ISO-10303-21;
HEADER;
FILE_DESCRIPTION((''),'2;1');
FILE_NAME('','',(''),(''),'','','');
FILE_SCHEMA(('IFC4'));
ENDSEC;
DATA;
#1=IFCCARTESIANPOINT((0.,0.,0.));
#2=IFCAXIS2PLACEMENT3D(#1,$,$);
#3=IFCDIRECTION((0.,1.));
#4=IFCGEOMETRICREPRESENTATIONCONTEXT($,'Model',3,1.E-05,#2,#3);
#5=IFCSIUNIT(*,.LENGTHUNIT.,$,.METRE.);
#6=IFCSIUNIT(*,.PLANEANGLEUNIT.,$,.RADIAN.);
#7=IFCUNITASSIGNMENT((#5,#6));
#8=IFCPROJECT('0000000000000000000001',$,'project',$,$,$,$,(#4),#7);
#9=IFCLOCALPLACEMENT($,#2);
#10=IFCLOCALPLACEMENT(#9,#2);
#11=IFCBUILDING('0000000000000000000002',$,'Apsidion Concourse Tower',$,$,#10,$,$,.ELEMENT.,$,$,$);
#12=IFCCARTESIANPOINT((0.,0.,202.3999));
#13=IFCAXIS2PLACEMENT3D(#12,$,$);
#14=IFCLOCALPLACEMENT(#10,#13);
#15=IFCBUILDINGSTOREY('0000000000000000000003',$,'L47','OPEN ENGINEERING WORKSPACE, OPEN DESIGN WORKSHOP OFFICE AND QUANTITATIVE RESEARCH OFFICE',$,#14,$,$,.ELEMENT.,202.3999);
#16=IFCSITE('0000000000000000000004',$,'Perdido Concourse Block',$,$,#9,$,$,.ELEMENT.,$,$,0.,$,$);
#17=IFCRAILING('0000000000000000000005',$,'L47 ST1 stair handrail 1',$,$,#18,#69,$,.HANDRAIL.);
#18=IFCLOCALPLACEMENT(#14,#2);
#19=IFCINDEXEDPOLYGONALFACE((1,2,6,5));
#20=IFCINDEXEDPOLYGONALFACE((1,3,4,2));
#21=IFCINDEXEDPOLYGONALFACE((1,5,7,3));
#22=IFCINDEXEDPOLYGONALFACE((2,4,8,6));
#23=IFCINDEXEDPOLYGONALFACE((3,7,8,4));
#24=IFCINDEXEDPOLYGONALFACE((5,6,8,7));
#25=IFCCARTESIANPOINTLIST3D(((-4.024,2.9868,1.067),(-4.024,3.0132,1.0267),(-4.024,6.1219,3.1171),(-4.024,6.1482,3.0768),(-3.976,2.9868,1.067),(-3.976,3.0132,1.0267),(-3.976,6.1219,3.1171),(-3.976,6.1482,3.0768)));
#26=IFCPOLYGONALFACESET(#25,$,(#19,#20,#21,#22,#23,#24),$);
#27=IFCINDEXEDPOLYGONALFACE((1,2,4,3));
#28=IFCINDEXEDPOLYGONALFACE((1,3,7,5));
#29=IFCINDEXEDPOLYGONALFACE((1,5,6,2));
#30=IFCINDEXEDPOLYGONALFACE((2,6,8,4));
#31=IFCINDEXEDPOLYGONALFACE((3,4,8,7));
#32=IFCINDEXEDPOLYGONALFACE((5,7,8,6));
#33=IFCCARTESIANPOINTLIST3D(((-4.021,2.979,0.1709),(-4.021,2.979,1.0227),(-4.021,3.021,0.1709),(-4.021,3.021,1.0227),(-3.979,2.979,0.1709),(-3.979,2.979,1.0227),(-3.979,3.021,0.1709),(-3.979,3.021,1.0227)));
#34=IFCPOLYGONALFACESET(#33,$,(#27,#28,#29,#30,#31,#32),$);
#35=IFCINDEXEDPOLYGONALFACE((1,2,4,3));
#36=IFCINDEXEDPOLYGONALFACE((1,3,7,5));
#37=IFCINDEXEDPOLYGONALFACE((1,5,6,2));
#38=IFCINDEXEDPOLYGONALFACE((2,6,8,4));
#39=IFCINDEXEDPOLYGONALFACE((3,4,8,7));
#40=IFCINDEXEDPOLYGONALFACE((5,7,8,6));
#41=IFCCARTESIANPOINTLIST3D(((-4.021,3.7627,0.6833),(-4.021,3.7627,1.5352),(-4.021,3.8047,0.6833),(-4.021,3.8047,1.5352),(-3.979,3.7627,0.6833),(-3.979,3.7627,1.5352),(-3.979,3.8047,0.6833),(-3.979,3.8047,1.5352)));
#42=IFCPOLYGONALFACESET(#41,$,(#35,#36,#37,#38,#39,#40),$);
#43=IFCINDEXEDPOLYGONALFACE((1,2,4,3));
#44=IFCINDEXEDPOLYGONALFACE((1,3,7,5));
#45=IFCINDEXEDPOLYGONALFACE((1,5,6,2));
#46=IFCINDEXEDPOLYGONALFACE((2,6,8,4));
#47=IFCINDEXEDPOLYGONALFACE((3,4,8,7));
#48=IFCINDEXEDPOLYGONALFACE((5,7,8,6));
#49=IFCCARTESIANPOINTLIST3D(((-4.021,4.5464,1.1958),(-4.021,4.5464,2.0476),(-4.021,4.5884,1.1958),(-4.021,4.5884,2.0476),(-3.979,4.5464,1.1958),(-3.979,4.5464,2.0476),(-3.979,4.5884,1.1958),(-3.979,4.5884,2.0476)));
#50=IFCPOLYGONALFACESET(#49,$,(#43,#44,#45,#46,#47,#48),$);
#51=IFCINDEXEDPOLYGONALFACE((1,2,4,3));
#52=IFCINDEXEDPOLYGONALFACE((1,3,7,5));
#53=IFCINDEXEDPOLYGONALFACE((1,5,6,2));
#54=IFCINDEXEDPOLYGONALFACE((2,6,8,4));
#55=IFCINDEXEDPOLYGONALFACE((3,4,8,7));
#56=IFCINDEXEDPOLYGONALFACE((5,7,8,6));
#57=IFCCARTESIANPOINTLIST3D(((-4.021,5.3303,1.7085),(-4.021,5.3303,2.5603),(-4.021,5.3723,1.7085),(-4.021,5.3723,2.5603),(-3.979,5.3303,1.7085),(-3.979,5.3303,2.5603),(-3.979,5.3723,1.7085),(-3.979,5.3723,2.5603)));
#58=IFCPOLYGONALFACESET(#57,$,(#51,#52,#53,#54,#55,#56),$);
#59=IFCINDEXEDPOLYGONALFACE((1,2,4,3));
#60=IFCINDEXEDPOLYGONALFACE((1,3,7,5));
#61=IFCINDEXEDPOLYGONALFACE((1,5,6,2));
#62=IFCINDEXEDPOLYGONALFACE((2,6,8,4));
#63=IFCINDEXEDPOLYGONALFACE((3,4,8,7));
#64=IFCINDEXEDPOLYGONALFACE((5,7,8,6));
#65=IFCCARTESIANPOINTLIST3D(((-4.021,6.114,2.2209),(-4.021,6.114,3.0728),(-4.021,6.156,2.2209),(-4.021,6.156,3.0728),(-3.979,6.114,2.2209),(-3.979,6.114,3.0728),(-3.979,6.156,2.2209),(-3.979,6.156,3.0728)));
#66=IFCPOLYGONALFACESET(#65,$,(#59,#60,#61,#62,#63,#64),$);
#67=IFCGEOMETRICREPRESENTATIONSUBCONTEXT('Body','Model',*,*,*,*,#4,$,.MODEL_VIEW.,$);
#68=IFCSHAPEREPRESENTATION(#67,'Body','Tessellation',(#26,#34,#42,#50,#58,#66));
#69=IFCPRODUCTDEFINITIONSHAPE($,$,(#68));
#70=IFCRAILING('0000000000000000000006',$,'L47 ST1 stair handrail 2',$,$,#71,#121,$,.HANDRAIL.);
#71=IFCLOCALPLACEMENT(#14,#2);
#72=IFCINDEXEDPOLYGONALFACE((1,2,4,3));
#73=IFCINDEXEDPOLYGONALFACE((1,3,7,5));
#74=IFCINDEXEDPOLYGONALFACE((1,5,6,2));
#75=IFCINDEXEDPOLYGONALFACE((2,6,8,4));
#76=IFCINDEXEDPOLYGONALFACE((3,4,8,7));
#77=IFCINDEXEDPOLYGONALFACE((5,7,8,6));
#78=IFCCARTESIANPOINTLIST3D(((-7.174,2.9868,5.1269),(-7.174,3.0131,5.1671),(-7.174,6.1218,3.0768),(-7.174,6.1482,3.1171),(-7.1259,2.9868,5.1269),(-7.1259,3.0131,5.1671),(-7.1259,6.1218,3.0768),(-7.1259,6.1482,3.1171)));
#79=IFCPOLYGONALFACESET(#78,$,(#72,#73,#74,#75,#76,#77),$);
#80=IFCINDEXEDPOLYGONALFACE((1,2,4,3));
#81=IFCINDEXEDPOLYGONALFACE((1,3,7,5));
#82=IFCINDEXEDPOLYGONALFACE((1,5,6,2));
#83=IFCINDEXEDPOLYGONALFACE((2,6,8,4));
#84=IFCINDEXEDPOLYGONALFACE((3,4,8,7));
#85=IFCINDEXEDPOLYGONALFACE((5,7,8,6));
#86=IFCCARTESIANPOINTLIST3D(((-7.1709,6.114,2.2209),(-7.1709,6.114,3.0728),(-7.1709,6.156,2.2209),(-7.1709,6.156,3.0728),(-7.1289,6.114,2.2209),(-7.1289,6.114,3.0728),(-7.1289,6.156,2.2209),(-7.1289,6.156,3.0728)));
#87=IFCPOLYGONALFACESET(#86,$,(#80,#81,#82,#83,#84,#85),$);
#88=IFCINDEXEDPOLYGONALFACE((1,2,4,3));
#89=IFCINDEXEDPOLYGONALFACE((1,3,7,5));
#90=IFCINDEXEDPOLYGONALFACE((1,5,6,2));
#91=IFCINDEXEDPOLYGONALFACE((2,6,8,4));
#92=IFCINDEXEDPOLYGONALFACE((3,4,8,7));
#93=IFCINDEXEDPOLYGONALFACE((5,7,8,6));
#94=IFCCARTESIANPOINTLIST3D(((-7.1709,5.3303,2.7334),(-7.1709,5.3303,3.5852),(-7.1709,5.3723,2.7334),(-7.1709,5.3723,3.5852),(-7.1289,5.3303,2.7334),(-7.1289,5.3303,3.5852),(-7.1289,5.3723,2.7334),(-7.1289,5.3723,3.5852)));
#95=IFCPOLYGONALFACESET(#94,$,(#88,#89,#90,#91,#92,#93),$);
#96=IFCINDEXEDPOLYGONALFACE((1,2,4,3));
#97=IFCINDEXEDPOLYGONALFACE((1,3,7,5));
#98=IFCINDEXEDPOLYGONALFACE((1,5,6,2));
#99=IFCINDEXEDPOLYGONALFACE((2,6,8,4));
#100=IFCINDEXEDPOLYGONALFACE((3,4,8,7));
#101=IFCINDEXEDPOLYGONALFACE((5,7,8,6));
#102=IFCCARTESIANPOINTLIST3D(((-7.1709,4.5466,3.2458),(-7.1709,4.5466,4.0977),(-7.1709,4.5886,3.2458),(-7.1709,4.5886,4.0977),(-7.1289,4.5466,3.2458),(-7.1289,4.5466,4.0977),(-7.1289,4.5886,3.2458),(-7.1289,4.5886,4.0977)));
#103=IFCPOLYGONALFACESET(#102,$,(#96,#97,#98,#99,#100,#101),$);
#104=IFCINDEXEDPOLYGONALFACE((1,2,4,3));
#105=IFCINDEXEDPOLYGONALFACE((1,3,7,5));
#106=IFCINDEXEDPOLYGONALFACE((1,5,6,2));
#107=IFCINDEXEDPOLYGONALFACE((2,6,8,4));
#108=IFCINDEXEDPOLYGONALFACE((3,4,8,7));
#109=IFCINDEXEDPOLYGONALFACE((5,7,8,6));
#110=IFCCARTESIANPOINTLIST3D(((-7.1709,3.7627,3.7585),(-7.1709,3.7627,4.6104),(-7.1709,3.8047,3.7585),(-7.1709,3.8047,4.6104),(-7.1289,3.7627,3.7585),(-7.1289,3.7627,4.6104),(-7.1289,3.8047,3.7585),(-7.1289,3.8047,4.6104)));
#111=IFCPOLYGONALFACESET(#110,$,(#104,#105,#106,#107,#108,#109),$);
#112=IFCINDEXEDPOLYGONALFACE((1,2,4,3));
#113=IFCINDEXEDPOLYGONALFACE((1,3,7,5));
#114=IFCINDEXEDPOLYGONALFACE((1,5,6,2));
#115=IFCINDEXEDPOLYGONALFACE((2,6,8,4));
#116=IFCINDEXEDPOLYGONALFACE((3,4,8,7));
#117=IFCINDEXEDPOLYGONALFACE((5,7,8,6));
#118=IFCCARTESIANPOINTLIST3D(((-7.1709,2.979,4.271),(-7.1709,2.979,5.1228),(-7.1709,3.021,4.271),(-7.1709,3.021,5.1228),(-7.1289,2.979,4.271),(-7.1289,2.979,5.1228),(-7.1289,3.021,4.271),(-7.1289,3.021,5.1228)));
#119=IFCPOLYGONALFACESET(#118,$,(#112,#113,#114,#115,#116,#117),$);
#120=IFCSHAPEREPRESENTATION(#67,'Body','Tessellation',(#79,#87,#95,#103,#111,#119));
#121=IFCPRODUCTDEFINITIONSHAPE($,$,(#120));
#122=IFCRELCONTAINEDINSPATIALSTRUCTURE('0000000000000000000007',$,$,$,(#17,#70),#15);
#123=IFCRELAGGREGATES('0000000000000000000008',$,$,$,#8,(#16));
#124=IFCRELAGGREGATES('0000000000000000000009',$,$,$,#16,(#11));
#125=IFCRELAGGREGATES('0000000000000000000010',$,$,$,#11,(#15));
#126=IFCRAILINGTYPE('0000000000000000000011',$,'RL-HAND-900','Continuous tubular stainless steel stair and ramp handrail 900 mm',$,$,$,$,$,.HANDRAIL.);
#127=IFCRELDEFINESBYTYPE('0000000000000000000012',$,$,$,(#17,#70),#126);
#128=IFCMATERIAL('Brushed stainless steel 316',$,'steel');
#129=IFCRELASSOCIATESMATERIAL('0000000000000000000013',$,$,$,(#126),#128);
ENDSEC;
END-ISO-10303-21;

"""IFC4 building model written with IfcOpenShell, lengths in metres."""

from ifc_helpers import new_model, si_unit, direction, frame, origin, origin_2d, place, context, subcontext, project, spatial, rectangle, extrude, material, type_object, element, save


model = new_model("IFC4")

# Units and contexts
model_context = context("Model", 3, precision=1e-05, world=origin(), true_north=direction((0.0, 1.0)))
body_context = subcontext(model_context, "Body", "Model", "MODEL_VIEW")
ifc_project = project(units=[si_unit("LENGTHUNIT", "METRE"), si_unit("PLANEANGLEUNIT", "RADIAN")], contexts=[model_context])

# Site, building, storey
site_placement = place(None, origin())
site = spatial("IfcSite", under=ifc_project, at=site_placement, Name="Perdido Concourse Block", CompositionType="ELEMENT", RefElevation=0.0)
building_placement = place(site_placement, origin())
building = spatial("IfcBuilding", under=site, at=building_placement, Name="Apsidion Concourse Tower", CompositionType="ELEMENT")
storey_placement = place(building_placement, frame((0.0, 0.0, 202.3999)))
storey = spatial("IfcBuildingStorey", under=building, at=storey_placement, Name="L47", Description="OPEN ENGINEERING WORKSPACE, OPEN DESIGN WORKSHOP OFFICE AND QUANTITATIVE RESEARCH OFFICE", CompositionType="ELEMENT", Elevation=202.3999)

# Shared definitions
ifc_material_1 = material(Name="Brushed stainless steel 316", Category="steel")

# Railings
railing_type_1 = type_object("IfcRailingType", Name="RL-HAND-900", Description="Continuous tubular stainless steel stair and ramp handrail 900 mm", PredefinedType="HANDRAIL", material=ifc_material_1)
railing_1_placement = place(storey_placement, frame((-4.0, 3.0, 0.1709)))
element("IfcRailing", 1, at=railing_1_placement, inside=storey, type_object=railing_type_1, Name="L47 ST1 stair handrail 1", PredefinedType="HANDRAIL", context=body_context, shape_type="SweptSolid", body=[
    extrude(rectangle(XDim=0.0481, YDim=0.0481, at=origin_2d()), frame((0.0, 0.0, 0.876), z_axis=(0.0, 0.836941, 0.547293), x_axis=(-1.0, 0.0, 0.0)), (0.0, 0.0, 1.0), 3.7458),
    extrude(rectangle(XDim=0.042, YDim=0.042, at=origin_2d()), origin(), (0.0, 0.0, 1.0), 0.8518),
    extrude(rectangle(XDim=0.042, YDim=0.042, at=origin_2d()), frame((0.0, 0.7837, 0.5125)), (0.0, 0.0, 1.0), 0.8518),
    extrude(rectangle(XDim=0.042, YDim=0.042, at=origin_2d()), frame((0.0, 1.5674, 1.0249)), (0.0, 0.0, 1.0), 0.8518),
    extrude(rectangle(XDim=0.042, YDim=0.042, at=origin_2d()), frame((0.0, 2.3513, 1.5376)), (0.0, 0.0, 1.0), 0.8518),
    extrude(rectangle(XDim=0.042, YDim=0.042, at=origin_2d()), frame((0.0, 3.135, 2.05)), (0.0, 0.0, 1.0), 0.8518),
])
railing_2_placement = place(storey_placement, frame((-7.1499, 6.135, 2.2209)))
element("IfcRailing", 2, at=railing_2_placement, inside=storey, type_object=railing_type_1, Name="L47 ST1 stair handrail 2", PredefinedType="HANDRAIL", context=body_context, shape_type="SweptSolid", body=[
    extrude(rectangle(XDim=0.0481, YDim=0.0481, at=origin_2d()), frame((0.0, 0.0, 0.876), z_axis=(0.0, -0.836941, 0.547293), x_axis=(1.0, 0.0, 0.0)), (0.0, 0.0, 1.0), 3.7458),
    extrude(rectangle(XDim=0.042, YDim=0.042, at=origin_2d()), origin(), (0.0, 0.0, 1.0), 0.8518),
    extrude(rectangle(XDim=0.042, YDim=0.042, at=origin_2d()), frame((0.0, -0.7837, 0.5125)), (0.0, 0.0, 1.0), 0.8518),
    extrude(rectangle(XDim=0.042, YDim=0.042, at=origin_2d()), frame((0.0, -1.5674, 1.0249)), (0.0, 0.0, 1.0), 0.8518),
    extrude(rectangle(XDim=0.042, YDim=0.042, at=origin_2d()), frame((0.0, -2.3513, 1.5376)), (0.0, 0.0, 1.0), 0.8518),
    extrude(rectangle(XDim=0.042, YDim=0.042, at=origin_2d()), frame((0.0, -3.135, 2.05)), (0.0, 0.0, 1.0), 0.8518),
])

save(model, "model.ifc")
